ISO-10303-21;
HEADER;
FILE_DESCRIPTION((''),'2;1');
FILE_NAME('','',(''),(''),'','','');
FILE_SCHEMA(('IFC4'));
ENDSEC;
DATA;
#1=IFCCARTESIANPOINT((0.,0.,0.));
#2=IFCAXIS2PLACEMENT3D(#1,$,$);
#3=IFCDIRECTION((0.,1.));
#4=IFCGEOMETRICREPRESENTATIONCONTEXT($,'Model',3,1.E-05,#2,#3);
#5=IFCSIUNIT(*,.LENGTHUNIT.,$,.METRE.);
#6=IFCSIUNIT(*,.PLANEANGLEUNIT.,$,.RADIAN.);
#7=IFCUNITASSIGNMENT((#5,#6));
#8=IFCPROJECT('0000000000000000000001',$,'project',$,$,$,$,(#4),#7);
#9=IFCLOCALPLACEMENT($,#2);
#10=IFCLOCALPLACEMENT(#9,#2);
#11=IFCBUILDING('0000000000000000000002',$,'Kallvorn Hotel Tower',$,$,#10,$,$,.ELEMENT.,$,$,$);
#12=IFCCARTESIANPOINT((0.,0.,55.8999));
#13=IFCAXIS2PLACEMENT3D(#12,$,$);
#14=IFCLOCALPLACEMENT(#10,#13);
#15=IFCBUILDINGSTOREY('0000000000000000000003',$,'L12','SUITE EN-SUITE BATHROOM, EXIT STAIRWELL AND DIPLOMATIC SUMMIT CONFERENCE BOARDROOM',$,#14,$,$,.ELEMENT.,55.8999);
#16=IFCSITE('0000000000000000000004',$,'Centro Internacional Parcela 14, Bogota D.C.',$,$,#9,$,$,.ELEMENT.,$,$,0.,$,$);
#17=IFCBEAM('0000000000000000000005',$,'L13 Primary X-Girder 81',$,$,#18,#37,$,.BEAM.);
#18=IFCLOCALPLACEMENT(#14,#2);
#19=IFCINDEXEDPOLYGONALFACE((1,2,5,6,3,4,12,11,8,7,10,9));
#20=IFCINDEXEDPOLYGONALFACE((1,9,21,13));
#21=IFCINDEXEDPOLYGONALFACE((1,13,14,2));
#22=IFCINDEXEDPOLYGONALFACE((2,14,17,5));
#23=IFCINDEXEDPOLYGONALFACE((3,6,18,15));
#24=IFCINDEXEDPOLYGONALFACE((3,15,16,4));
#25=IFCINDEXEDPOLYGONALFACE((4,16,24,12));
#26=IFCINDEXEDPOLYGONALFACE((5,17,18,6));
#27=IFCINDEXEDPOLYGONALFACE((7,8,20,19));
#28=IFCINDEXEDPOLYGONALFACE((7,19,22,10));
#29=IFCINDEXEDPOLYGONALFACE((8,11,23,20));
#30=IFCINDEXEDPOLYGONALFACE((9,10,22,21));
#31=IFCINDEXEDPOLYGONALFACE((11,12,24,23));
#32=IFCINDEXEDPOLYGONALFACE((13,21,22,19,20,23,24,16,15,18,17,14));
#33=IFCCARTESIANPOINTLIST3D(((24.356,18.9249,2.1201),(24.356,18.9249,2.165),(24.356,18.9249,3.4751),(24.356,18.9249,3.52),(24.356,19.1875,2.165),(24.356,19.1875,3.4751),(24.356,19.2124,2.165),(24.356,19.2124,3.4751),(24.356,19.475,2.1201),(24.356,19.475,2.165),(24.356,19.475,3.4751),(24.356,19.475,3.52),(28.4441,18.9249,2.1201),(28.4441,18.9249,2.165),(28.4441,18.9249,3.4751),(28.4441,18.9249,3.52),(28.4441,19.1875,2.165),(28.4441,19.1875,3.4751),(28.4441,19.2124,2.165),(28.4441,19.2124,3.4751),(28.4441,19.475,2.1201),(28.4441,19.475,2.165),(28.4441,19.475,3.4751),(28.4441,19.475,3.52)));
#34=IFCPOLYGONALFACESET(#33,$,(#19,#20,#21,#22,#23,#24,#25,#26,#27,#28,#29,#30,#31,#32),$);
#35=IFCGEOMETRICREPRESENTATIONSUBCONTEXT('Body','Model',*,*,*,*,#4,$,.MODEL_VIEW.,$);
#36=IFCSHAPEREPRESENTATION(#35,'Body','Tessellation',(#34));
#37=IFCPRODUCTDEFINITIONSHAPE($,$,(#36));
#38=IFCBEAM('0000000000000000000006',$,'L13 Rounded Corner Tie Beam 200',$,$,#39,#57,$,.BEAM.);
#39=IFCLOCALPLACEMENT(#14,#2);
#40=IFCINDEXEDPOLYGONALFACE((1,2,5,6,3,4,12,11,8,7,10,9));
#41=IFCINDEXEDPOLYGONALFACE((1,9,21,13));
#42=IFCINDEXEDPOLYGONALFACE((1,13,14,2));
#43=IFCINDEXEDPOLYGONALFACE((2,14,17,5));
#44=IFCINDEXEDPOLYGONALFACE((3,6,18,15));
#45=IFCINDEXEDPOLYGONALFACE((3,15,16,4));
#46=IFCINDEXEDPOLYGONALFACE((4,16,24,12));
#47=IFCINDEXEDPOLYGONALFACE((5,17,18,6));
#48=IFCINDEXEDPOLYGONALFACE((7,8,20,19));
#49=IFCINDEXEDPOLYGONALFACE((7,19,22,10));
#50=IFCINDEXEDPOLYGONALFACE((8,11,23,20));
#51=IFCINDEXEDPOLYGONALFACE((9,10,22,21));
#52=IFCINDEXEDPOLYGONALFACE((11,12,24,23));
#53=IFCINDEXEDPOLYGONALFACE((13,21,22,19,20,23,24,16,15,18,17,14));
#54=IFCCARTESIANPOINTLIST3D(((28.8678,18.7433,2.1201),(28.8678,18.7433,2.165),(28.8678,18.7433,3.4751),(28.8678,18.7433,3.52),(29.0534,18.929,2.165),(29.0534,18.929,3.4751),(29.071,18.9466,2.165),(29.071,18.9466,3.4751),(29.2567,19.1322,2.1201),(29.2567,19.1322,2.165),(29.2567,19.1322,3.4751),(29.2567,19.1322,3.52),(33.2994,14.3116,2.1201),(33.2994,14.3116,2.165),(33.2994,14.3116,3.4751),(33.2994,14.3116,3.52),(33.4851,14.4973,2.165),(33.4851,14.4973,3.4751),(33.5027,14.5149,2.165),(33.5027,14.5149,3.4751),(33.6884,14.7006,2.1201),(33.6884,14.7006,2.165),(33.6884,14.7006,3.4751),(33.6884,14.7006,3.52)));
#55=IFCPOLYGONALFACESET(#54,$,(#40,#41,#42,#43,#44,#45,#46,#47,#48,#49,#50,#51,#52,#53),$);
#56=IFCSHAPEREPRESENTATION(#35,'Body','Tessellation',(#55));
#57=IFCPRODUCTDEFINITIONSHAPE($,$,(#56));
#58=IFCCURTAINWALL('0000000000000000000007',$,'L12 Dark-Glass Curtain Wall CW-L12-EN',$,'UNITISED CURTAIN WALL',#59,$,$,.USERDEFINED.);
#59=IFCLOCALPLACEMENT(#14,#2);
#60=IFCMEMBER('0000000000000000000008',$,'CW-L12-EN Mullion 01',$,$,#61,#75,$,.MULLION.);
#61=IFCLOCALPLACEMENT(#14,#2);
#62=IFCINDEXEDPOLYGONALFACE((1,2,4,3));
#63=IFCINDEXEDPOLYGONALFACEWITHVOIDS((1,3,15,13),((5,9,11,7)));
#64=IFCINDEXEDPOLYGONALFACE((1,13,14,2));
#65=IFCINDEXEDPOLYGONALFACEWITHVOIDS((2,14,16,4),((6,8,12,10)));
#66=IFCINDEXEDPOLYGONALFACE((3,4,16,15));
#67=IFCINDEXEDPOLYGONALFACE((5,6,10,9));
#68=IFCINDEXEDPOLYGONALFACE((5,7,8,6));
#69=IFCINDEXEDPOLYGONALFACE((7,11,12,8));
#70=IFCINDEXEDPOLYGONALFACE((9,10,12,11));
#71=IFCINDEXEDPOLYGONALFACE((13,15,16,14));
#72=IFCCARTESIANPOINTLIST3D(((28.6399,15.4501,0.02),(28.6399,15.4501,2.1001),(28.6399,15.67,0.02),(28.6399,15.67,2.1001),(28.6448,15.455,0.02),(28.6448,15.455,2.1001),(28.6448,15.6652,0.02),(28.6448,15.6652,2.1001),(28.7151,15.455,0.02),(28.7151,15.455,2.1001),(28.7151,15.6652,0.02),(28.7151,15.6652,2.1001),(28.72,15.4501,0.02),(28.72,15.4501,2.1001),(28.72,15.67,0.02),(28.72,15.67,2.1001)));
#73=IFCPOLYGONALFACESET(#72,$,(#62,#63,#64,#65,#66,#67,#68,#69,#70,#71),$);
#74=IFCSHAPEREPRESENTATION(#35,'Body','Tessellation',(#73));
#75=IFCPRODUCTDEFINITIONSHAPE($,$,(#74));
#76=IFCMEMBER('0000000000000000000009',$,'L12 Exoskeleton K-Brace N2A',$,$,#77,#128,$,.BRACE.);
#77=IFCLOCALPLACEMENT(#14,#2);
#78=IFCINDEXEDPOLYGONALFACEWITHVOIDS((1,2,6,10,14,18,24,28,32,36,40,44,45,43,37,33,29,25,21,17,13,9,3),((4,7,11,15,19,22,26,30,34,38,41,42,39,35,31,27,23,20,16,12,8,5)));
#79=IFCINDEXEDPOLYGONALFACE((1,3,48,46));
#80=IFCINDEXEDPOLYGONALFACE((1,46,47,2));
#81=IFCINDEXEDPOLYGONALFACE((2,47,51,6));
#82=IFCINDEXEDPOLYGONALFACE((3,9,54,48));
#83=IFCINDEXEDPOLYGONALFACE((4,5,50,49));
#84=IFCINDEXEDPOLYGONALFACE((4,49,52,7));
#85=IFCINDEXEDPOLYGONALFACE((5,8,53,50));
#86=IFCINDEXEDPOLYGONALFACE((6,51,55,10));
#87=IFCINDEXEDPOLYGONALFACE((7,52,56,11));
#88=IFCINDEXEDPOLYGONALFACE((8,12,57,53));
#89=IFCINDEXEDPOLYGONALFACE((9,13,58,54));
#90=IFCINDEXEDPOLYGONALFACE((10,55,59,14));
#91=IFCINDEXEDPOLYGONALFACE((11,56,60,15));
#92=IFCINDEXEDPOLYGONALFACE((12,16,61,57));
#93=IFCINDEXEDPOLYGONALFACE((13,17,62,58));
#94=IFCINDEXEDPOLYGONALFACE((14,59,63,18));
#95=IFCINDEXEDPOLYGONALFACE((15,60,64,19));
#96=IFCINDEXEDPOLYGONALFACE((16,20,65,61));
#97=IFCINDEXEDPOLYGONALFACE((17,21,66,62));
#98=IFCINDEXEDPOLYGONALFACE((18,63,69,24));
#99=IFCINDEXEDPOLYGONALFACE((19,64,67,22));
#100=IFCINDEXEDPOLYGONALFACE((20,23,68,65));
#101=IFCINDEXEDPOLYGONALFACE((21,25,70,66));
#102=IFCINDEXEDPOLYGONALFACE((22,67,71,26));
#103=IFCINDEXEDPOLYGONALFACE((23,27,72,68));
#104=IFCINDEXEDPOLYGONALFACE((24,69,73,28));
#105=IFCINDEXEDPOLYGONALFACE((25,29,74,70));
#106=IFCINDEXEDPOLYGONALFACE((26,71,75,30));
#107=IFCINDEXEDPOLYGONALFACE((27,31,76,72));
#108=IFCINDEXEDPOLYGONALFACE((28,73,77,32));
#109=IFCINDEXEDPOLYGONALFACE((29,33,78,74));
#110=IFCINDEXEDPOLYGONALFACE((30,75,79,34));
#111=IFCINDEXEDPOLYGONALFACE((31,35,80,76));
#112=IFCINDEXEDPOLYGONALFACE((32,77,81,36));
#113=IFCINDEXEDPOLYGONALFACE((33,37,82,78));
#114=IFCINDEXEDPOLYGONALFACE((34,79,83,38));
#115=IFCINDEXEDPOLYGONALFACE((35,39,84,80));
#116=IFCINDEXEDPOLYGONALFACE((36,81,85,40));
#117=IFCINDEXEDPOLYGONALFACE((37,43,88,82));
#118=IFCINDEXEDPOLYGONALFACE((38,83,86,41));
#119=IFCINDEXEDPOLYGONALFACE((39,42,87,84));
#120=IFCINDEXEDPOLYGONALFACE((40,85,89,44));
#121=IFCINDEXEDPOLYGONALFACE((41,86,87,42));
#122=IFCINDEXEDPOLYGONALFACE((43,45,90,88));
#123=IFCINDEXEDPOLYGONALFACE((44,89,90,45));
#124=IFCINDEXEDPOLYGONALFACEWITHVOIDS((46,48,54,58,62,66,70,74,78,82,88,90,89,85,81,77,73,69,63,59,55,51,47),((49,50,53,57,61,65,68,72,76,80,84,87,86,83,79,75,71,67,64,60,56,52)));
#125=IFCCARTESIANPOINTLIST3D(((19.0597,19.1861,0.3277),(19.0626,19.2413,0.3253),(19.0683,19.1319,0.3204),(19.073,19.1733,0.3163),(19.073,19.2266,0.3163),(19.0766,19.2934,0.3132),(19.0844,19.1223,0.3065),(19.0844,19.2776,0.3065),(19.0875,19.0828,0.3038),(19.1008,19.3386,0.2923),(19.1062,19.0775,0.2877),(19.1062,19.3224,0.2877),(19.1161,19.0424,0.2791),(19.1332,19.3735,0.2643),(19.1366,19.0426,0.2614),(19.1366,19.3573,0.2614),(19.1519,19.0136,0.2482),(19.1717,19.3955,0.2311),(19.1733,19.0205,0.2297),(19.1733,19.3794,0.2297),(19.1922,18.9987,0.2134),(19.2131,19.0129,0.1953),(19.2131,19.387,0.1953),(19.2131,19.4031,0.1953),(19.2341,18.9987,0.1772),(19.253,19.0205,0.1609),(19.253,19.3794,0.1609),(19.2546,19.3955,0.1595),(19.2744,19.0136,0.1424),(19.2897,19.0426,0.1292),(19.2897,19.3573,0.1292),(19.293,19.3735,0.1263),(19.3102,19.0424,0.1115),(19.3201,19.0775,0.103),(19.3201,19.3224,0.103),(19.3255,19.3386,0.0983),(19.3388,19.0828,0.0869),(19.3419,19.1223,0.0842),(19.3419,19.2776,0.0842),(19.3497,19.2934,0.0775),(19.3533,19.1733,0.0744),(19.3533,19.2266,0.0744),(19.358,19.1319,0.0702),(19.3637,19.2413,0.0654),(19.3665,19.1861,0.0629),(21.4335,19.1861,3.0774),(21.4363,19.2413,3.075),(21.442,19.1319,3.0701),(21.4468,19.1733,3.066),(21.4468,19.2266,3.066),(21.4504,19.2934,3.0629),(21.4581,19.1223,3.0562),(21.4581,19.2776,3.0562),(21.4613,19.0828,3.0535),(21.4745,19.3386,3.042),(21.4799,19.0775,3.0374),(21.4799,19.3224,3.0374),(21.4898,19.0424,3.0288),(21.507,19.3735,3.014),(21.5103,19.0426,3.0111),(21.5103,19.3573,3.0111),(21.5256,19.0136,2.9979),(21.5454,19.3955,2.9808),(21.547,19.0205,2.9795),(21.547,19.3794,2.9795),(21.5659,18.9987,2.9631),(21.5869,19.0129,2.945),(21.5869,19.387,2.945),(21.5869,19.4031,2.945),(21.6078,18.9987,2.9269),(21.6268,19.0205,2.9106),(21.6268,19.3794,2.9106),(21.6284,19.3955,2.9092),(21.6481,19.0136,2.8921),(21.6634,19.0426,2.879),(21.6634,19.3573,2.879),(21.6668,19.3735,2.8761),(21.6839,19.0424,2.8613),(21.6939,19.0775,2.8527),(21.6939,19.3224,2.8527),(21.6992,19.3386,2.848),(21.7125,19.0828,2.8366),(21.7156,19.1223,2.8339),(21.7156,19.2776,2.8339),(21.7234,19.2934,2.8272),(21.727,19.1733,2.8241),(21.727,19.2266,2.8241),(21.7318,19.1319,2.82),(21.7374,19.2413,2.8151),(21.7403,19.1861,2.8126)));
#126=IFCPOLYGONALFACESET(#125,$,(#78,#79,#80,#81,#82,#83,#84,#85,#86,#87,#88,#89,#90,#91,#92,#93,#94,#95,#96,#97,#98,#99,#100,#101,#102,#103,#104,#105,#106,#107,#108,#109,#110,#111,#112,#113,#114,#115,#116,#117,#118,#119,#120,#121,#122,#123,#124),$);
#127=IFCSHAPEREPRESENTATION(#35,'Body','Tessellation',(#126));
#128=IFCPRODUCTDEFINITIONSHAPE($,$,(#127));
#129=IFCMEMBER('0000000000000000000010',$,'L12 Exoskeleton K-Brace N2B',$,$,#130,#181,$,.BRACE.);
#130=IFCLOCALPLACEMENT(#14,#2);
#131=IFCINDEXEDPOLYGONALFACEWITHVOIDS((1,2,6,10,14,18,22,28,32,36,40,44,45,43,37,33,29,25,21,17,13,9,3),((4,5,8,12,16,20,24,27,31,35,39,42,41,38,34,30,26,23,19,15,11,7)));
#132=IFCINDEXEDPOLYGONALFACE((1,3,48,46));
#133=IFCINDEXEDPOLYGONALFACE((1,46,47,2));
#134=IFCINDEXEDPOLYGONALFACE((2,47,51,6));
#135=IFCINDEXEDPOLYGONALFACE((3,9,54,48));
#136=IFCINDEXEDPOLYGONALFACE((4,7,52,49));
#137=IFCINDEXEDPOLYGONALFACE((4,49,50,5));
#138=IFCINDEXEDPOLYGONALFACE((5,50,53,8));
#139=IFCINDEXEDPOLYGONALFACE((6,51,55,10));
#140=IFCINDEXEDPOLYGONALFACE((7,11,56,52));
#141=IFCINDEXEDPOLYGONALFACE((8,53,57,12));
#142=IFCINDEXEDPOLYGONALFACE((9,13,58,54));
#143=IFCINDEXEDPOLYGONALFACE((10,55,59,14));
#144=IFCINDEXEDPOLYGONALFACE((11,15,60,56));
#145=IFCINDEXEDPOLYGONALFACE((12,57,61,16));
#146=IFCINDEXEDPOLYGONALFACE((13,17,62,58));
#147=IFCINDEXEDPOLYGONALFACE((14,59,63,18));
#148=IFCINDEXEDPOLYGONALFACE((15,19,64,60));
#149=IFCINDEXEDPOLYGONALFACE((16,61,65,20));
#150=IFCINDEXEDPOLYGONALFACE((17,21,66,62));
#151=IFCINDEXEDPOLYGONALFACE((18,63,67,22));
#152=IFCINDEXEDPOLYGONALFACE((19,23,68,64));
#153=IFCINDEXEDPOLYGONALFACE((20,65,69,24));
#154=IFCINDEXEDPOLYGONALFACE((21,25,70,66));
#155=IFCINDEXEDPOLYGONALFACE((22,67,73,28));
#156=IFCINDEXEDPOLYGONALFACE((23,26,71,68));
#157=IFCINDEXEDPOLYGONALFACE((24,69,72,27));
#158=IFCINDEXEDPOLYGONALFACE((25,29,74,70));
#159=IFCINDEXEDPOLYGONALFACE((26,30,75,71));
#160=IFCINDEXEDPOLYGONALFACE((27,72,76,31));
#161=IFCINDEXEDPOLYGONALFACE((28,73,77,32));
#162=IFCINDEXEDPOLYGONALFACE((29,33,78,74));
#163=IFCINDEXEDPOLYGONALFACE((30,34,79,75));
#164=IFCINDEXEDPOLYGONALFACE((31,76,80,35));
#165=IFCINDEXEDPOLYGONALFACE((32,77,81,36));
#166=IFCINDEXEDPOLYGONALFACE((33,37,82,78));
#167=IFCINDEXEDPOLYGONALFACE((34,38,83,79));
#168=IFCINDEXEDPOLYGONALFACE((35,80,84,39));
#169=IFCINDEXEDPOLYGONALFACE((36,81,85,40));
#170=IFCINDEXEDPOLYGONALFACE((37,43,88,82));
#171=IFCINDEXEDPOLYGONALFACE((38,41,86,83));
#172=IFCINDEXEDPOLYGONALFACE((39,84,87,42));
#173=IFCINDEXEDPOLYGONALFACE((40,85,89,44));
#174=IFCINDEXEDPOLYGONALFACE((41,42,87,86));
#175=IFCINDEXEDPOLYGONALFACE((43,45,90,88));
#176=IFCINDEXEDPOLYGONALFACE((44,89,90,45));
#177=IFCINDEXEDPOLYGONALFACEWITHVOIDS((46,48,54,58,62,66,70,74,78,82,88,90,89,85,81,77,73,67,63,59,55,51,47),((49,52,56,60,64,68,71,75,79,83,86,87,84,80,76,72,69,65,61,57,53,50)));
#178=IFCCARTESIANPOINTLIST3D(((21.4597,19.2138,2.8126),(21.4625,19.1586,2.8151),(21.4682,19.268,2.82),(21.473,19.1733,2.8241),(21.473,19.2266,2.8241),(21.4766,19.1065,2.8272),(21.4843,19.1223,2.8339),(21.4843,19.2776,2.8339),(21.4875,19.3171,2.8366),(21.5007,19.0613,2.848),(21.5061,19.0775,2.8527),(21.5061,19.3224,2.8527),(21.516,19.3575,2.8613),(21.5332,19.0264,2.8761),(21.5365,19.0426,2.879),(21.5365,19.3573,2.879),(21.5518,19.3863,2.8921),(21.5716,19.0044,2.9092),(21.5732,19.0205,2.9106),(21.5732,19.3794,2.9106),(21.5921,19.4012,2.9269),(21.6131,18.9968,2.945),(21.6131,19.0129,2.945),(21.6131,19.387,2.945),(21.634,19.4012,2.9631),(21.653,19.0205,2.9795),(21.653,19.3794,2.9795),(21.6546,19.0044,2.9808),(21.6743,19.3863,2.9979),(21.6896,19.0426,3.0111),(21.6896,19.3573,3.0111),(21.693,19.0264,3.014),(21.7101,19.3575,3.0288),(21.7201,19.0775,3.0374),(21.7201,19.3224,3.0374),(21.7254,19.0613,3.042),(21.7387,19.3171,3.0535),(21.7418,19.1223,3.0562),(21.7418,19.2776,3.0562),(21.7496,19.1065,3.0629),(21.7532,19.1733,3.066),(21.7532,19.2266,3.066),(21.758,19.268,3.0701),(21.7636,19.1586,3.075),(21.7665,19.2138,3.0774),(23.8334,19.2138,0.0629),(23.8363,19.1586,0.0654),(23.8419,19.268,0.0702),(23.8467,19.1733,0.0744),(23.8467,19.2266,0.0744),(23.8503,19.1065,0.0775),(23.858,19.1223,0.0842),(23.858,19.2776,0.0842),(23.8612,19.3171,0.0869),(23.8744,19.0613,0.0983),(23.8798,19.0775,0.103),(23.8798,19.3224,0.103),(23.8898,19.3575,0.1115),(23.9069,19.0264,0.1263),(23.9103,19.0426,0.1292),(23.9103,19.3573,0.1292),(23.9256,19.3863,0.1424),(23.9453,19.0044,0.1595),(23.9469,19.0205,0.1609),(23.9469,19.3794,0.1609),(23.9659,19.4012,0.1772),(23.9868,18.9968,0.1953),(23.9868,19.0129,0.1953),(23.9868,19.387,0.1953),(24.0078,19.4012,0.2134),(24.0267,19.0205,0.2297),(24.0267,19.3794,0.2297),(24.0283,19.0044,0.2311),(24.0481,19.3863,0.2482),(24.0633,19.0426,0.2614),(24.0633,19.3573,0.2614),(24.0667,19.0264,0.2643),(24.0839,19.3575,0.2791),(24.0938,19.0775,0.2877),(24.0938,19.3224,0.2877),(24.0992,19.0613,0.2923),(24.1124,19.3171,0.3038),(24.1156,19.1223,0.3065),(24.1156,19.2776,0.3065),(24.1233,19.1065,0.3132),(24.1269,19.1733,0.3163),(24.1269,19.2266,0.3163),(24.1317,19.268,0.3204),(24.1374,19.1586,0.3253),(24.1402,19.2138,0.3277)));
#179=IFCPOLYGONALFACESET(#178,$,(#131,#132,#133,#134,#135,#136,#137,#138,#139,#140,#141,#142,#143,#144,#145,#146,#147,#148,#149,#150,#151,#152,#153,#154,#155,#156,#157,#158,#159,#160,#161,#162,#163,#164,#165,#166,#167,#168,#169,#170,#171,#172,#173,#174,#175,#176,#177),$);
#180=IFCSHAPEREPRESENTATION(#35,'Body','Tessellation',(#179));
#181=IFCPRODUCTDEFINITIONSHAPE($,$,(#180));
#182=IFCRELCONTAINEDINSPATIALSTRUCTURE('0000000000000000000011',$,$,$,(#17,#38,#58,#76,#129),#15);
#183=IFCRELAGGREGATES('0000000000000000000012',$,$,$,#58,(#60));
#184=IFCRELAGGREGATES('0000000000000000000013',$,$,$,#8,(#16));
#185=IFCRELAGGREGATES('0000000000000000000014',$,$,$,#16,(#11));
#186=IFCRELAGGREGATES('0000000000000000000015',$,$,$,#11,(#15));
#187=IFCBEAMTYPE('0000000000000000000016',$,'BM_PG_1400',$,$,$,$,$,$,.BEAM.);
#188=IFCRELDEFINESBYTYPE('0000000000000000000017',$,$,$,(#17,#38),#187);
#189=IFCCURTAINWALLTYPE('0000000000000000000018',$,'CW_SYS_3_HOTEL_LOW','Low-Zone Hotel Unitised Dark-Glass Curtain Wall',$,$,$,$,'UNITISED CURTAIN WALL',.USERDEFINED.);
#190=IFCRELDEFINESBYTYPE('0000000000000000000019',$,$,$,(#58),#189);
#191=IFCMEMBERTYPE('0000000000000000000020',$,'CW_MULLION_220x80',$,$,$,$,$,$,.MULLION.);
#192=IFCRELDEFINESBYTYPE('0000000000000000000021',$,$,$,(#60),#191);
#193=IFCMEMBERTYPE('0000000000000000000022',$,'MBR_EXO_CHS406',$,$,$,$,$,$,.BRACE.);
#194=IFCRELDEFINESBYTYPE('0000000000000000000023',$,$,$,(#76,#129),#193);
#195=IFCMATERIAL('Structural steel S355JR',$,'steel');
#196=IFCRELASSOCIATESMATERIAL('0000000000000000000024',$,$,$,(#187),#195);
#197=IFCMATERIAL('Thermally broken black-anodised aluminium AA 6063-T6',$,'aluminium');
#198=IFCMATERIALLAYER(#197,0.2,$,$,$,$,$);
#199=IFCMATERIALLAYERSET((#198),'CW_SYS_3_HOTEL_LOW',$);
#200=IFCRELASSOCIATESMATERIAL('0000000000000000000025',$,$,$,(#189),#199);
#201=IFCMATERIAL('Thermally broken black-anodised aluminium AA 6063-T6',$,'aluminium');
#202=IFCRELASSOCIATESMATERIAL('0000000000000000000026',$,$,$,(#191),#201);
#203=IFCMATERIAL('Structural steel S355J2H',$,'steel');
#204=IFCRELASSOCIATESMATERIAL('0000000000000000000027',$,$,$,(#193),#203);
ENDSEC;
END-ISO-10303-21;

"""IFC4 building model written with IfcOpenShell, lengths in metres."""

from ifc_helpers import new_model, si_unit, direction, frame, origin, origin_2d, place, context, subcontext, project, spatial, hollow_rectangle, hollow_circle, i_section, extrude, material, layer, layer_set, material_profile, profile_set, type_object, element, aggregate, save


model = new_model("IFC4")

# Units and contexts
model_context = context("Model", 3, precision=1e-05, world=origin(), true_north=direction((0.0, 1.0)))
body_context = subcontext(model_context, "Body", "Model", "MODEL_VIEW")
ifc_project = project(units=[si_unit("LENGTHUNIT", "METRE"), si_unit("PLANEANGLEUNIT", "RADIAN")], contexts=[model_context])

# Site, building, storey
site_placement = place(None, origin())
site = spatial("IfcSite", under=ifc_project, at=site_placement, Name="Centro Internacional Parcela 14, Bogota D.C.", CompositionType="ELEMENT", RefElevation=0.0)
building_placement = place(site_placement, origin())
building = spatial("IfcBuilding", under=site, at=building_placement, Name="Kallvorn Hotel Tower", CompositionType="ELEMENT")
storey_placement = place(building_placement, frame((0.0, 0.0, 55.8999)))
storey = spatial("IfcBuildingStorey", under=building, at=storey_placement, Name="L12", Description="SUITE EN-SUITE BATHROOM, EXIT STAIRWELL AND DIPLOMATIC SUMMIT CONFERENCE BOARDROOM", CompositionType="ELEMENT", Elevation=55.8999)

# Beams
ifc_material_1 = material(Name="Structural steel S355JR", Category="steel")
ifc_material_profile_1 = material_profile(ifc_material_1, i_section(OverallWidth=0.55, OverallDepth=1.3999, WebThickness=0.0249, FlangeThickness=0.0449, at=origin_2d()), Name="PG 1400x550x25x45")
ifc_profile_set_1 = profile_set([ifc_material_profile_1], Name="Structural steel S355JR")
beam_type_1 = type_object("IfcBeamType", Name="BM_PG_1400", PredefinedType="BEAM", material=ifc_profile_set_1)
for number, where, z_axis, x_axis, name in (
    (1, (24.356, 19.2, 2.8201), (1.0, 0.0, 0.0), (0.0, 1.0, 0.0), "L13 Primary X-Girder 81"),
):
    element("IfcBeam", number, at=place(storey_placement, frame(where, z_axis=z_axis, x_axis=x_axis)), inside=storey, type_object=beam_type_1, Name=name, PredefinedType="BEAM", context=body_context, shape_type="SweptSolid", body=[
        extrude(i_section(OverallWidth=0.55, OverallDepth=1.3999, WebThickness=0.0249, FlangeThickness=0.0449, at=origin_2d()), origin(), (0.0, 0.0, 1.0), 4.0881),
    ])
beam_1_placement = place(storey_placement, frame((33.4939, 14.5061, 2.8201), z_axis=(-0.707107, 0.707107, 0.0), x_axis=(-0.707107, -0.707107, 0.0)))
element("IfcBeam", 2, at=beam_1_placement, inside=storey, type_object=beam_type_1, Name="L13 Rounded Corner Tie Beam 200", PredefinedType="BEAM", context=body_context, shape_type="SweptSolid", body=[
    extrude(i_section(OverallWidth=0.55, OverallDepth=1.3999, WebThickness=0.0249, FlangeThickness=0.0449, at=origin_2d()), origin(), (0.0, 0.0, 1.0), 6.2673),
])

# Curtain wall, member
ifc_material_2 = material(Name="Thermally broken black-anodised aluminium AA 6063-T6", Category="aluminium")
ifc_layer_1 = layer(ifc_material_2, 0.2)
ifc_layer_set_1 = layer_set([ifc_layer_1], Name="CW_SYS_3_HOTEL_LOW")
curtain_wall_type = type_object("IfcCurtainWallType", Name="CW_SYS_3_HOTEL_LOW", Description="Low-Zone Hotel Unitised Dark-Glass Curtain Wall", ElementType="UNITISED CURTAIN WALL", PredefinedType="USERDEFINED", material=ifc_layer_set_1)
curtain_wall_placement = place(storey_placement, origin())
curtain_wall = element("IfcCurtainWall", 3, at=curtain_wall_placement, inside=storey, type_object=curtain_wall_type, Name="L12 Dark-Glass Curtain Wall CW-L12-EN", ObjectType="UNITISED CURTAIN WALL", PredefinedType="USERDEFINED")
ifc_material_3 = material(Name="Thermally broken black-anodised aluminium AA 6063-T6", Category="aluminium")
ifc_material_profile_2 = material_profile(ifc_material_3, hollow_rectangle(XDim=0.0801, YDim=0.22, WallThickness=0.0049, at=origin_2d()), Name="MUL 220x80")
ifc_profile_set_2 = profile_set([ifc_material_profile_2], Name="Thermally broken black-anodised aluminium AA 6063-T6")
member_type_1 = type_object("IfcMemberType", Name="CW_MULLION_220x80", PredefinedType="MULLION", material=ifc_profile_set_2)
member_placement = place(storey_placement, frame((28.6799, 15.5601, 0.02), z_axis=(0.0, 0.0, 1.0), x_axis=(1.0, 0.0, 0.0)))
member = element("IfcMember", 4, at=member_placement, type_object=member_type_1, Name="CW-L12-EN Mullion 01", PredefinedType="MULLION", context=body_context, shape_type="SweptSolid", body=[
    extrude(hollow_rectangle(XDim=0.0801, YDim=0.22, WallThickness=0.0049, at=origin_2d()), origin(), (0.0, 0.0, 1.0), 2.0801),
])
aggregate(curtain_wall, [member])

# Members
ifc_material_4 = material(Name="Structural steel S355J2H", Category="steel")
ifc_material_profile_3 = material_profile(ifc_material_4, hollow_circle(Radius=0.2031, WallThickness=0.0161, at=origin_2d()), Name="CHS 406.4x16")
ifc_profile_set_3 = profile_set([ifc_material_profile_3], Name="Structural steel S355J2H")
member_type_2 = type_object("IfcMemberType", Name="MBR_EXO_CHS406", PredefinedType="BRACE", material=ifc_profile_set_3)
for number, where, z_axis, x_axis, name in (
    (5, (19.2131, 19.2, 0.1953), (0.653461, 0.0, 0.756961), (0.0, 1.0, 0.0), "L12 Exoskeleton K-Brace N2A"),
    (6, (23.9868, 19.2, 0.1953), (-0.653461, 0.0, 0.756961), (0.0, -1.0, 0.0), "L12 Exoskeleton K-Brace N2B"),
):
    element("IfcMember", number, at=place(storey_placement, frame(where, z_axis=z_axis, x_axis=x_axis)), inside=storey, type_object=member_type_2, Name=name, PredefinedType="BRACE", context=body_context, shape_type="SweptSolid", body=[
        extrude(hollow_circle(Radius=0.2031, WallThickness=0.0161, at=origin_2d()), origin(), (0.0, 0.0, 1.0), 3.6326),
    ])

save(model, "model.ifc")
